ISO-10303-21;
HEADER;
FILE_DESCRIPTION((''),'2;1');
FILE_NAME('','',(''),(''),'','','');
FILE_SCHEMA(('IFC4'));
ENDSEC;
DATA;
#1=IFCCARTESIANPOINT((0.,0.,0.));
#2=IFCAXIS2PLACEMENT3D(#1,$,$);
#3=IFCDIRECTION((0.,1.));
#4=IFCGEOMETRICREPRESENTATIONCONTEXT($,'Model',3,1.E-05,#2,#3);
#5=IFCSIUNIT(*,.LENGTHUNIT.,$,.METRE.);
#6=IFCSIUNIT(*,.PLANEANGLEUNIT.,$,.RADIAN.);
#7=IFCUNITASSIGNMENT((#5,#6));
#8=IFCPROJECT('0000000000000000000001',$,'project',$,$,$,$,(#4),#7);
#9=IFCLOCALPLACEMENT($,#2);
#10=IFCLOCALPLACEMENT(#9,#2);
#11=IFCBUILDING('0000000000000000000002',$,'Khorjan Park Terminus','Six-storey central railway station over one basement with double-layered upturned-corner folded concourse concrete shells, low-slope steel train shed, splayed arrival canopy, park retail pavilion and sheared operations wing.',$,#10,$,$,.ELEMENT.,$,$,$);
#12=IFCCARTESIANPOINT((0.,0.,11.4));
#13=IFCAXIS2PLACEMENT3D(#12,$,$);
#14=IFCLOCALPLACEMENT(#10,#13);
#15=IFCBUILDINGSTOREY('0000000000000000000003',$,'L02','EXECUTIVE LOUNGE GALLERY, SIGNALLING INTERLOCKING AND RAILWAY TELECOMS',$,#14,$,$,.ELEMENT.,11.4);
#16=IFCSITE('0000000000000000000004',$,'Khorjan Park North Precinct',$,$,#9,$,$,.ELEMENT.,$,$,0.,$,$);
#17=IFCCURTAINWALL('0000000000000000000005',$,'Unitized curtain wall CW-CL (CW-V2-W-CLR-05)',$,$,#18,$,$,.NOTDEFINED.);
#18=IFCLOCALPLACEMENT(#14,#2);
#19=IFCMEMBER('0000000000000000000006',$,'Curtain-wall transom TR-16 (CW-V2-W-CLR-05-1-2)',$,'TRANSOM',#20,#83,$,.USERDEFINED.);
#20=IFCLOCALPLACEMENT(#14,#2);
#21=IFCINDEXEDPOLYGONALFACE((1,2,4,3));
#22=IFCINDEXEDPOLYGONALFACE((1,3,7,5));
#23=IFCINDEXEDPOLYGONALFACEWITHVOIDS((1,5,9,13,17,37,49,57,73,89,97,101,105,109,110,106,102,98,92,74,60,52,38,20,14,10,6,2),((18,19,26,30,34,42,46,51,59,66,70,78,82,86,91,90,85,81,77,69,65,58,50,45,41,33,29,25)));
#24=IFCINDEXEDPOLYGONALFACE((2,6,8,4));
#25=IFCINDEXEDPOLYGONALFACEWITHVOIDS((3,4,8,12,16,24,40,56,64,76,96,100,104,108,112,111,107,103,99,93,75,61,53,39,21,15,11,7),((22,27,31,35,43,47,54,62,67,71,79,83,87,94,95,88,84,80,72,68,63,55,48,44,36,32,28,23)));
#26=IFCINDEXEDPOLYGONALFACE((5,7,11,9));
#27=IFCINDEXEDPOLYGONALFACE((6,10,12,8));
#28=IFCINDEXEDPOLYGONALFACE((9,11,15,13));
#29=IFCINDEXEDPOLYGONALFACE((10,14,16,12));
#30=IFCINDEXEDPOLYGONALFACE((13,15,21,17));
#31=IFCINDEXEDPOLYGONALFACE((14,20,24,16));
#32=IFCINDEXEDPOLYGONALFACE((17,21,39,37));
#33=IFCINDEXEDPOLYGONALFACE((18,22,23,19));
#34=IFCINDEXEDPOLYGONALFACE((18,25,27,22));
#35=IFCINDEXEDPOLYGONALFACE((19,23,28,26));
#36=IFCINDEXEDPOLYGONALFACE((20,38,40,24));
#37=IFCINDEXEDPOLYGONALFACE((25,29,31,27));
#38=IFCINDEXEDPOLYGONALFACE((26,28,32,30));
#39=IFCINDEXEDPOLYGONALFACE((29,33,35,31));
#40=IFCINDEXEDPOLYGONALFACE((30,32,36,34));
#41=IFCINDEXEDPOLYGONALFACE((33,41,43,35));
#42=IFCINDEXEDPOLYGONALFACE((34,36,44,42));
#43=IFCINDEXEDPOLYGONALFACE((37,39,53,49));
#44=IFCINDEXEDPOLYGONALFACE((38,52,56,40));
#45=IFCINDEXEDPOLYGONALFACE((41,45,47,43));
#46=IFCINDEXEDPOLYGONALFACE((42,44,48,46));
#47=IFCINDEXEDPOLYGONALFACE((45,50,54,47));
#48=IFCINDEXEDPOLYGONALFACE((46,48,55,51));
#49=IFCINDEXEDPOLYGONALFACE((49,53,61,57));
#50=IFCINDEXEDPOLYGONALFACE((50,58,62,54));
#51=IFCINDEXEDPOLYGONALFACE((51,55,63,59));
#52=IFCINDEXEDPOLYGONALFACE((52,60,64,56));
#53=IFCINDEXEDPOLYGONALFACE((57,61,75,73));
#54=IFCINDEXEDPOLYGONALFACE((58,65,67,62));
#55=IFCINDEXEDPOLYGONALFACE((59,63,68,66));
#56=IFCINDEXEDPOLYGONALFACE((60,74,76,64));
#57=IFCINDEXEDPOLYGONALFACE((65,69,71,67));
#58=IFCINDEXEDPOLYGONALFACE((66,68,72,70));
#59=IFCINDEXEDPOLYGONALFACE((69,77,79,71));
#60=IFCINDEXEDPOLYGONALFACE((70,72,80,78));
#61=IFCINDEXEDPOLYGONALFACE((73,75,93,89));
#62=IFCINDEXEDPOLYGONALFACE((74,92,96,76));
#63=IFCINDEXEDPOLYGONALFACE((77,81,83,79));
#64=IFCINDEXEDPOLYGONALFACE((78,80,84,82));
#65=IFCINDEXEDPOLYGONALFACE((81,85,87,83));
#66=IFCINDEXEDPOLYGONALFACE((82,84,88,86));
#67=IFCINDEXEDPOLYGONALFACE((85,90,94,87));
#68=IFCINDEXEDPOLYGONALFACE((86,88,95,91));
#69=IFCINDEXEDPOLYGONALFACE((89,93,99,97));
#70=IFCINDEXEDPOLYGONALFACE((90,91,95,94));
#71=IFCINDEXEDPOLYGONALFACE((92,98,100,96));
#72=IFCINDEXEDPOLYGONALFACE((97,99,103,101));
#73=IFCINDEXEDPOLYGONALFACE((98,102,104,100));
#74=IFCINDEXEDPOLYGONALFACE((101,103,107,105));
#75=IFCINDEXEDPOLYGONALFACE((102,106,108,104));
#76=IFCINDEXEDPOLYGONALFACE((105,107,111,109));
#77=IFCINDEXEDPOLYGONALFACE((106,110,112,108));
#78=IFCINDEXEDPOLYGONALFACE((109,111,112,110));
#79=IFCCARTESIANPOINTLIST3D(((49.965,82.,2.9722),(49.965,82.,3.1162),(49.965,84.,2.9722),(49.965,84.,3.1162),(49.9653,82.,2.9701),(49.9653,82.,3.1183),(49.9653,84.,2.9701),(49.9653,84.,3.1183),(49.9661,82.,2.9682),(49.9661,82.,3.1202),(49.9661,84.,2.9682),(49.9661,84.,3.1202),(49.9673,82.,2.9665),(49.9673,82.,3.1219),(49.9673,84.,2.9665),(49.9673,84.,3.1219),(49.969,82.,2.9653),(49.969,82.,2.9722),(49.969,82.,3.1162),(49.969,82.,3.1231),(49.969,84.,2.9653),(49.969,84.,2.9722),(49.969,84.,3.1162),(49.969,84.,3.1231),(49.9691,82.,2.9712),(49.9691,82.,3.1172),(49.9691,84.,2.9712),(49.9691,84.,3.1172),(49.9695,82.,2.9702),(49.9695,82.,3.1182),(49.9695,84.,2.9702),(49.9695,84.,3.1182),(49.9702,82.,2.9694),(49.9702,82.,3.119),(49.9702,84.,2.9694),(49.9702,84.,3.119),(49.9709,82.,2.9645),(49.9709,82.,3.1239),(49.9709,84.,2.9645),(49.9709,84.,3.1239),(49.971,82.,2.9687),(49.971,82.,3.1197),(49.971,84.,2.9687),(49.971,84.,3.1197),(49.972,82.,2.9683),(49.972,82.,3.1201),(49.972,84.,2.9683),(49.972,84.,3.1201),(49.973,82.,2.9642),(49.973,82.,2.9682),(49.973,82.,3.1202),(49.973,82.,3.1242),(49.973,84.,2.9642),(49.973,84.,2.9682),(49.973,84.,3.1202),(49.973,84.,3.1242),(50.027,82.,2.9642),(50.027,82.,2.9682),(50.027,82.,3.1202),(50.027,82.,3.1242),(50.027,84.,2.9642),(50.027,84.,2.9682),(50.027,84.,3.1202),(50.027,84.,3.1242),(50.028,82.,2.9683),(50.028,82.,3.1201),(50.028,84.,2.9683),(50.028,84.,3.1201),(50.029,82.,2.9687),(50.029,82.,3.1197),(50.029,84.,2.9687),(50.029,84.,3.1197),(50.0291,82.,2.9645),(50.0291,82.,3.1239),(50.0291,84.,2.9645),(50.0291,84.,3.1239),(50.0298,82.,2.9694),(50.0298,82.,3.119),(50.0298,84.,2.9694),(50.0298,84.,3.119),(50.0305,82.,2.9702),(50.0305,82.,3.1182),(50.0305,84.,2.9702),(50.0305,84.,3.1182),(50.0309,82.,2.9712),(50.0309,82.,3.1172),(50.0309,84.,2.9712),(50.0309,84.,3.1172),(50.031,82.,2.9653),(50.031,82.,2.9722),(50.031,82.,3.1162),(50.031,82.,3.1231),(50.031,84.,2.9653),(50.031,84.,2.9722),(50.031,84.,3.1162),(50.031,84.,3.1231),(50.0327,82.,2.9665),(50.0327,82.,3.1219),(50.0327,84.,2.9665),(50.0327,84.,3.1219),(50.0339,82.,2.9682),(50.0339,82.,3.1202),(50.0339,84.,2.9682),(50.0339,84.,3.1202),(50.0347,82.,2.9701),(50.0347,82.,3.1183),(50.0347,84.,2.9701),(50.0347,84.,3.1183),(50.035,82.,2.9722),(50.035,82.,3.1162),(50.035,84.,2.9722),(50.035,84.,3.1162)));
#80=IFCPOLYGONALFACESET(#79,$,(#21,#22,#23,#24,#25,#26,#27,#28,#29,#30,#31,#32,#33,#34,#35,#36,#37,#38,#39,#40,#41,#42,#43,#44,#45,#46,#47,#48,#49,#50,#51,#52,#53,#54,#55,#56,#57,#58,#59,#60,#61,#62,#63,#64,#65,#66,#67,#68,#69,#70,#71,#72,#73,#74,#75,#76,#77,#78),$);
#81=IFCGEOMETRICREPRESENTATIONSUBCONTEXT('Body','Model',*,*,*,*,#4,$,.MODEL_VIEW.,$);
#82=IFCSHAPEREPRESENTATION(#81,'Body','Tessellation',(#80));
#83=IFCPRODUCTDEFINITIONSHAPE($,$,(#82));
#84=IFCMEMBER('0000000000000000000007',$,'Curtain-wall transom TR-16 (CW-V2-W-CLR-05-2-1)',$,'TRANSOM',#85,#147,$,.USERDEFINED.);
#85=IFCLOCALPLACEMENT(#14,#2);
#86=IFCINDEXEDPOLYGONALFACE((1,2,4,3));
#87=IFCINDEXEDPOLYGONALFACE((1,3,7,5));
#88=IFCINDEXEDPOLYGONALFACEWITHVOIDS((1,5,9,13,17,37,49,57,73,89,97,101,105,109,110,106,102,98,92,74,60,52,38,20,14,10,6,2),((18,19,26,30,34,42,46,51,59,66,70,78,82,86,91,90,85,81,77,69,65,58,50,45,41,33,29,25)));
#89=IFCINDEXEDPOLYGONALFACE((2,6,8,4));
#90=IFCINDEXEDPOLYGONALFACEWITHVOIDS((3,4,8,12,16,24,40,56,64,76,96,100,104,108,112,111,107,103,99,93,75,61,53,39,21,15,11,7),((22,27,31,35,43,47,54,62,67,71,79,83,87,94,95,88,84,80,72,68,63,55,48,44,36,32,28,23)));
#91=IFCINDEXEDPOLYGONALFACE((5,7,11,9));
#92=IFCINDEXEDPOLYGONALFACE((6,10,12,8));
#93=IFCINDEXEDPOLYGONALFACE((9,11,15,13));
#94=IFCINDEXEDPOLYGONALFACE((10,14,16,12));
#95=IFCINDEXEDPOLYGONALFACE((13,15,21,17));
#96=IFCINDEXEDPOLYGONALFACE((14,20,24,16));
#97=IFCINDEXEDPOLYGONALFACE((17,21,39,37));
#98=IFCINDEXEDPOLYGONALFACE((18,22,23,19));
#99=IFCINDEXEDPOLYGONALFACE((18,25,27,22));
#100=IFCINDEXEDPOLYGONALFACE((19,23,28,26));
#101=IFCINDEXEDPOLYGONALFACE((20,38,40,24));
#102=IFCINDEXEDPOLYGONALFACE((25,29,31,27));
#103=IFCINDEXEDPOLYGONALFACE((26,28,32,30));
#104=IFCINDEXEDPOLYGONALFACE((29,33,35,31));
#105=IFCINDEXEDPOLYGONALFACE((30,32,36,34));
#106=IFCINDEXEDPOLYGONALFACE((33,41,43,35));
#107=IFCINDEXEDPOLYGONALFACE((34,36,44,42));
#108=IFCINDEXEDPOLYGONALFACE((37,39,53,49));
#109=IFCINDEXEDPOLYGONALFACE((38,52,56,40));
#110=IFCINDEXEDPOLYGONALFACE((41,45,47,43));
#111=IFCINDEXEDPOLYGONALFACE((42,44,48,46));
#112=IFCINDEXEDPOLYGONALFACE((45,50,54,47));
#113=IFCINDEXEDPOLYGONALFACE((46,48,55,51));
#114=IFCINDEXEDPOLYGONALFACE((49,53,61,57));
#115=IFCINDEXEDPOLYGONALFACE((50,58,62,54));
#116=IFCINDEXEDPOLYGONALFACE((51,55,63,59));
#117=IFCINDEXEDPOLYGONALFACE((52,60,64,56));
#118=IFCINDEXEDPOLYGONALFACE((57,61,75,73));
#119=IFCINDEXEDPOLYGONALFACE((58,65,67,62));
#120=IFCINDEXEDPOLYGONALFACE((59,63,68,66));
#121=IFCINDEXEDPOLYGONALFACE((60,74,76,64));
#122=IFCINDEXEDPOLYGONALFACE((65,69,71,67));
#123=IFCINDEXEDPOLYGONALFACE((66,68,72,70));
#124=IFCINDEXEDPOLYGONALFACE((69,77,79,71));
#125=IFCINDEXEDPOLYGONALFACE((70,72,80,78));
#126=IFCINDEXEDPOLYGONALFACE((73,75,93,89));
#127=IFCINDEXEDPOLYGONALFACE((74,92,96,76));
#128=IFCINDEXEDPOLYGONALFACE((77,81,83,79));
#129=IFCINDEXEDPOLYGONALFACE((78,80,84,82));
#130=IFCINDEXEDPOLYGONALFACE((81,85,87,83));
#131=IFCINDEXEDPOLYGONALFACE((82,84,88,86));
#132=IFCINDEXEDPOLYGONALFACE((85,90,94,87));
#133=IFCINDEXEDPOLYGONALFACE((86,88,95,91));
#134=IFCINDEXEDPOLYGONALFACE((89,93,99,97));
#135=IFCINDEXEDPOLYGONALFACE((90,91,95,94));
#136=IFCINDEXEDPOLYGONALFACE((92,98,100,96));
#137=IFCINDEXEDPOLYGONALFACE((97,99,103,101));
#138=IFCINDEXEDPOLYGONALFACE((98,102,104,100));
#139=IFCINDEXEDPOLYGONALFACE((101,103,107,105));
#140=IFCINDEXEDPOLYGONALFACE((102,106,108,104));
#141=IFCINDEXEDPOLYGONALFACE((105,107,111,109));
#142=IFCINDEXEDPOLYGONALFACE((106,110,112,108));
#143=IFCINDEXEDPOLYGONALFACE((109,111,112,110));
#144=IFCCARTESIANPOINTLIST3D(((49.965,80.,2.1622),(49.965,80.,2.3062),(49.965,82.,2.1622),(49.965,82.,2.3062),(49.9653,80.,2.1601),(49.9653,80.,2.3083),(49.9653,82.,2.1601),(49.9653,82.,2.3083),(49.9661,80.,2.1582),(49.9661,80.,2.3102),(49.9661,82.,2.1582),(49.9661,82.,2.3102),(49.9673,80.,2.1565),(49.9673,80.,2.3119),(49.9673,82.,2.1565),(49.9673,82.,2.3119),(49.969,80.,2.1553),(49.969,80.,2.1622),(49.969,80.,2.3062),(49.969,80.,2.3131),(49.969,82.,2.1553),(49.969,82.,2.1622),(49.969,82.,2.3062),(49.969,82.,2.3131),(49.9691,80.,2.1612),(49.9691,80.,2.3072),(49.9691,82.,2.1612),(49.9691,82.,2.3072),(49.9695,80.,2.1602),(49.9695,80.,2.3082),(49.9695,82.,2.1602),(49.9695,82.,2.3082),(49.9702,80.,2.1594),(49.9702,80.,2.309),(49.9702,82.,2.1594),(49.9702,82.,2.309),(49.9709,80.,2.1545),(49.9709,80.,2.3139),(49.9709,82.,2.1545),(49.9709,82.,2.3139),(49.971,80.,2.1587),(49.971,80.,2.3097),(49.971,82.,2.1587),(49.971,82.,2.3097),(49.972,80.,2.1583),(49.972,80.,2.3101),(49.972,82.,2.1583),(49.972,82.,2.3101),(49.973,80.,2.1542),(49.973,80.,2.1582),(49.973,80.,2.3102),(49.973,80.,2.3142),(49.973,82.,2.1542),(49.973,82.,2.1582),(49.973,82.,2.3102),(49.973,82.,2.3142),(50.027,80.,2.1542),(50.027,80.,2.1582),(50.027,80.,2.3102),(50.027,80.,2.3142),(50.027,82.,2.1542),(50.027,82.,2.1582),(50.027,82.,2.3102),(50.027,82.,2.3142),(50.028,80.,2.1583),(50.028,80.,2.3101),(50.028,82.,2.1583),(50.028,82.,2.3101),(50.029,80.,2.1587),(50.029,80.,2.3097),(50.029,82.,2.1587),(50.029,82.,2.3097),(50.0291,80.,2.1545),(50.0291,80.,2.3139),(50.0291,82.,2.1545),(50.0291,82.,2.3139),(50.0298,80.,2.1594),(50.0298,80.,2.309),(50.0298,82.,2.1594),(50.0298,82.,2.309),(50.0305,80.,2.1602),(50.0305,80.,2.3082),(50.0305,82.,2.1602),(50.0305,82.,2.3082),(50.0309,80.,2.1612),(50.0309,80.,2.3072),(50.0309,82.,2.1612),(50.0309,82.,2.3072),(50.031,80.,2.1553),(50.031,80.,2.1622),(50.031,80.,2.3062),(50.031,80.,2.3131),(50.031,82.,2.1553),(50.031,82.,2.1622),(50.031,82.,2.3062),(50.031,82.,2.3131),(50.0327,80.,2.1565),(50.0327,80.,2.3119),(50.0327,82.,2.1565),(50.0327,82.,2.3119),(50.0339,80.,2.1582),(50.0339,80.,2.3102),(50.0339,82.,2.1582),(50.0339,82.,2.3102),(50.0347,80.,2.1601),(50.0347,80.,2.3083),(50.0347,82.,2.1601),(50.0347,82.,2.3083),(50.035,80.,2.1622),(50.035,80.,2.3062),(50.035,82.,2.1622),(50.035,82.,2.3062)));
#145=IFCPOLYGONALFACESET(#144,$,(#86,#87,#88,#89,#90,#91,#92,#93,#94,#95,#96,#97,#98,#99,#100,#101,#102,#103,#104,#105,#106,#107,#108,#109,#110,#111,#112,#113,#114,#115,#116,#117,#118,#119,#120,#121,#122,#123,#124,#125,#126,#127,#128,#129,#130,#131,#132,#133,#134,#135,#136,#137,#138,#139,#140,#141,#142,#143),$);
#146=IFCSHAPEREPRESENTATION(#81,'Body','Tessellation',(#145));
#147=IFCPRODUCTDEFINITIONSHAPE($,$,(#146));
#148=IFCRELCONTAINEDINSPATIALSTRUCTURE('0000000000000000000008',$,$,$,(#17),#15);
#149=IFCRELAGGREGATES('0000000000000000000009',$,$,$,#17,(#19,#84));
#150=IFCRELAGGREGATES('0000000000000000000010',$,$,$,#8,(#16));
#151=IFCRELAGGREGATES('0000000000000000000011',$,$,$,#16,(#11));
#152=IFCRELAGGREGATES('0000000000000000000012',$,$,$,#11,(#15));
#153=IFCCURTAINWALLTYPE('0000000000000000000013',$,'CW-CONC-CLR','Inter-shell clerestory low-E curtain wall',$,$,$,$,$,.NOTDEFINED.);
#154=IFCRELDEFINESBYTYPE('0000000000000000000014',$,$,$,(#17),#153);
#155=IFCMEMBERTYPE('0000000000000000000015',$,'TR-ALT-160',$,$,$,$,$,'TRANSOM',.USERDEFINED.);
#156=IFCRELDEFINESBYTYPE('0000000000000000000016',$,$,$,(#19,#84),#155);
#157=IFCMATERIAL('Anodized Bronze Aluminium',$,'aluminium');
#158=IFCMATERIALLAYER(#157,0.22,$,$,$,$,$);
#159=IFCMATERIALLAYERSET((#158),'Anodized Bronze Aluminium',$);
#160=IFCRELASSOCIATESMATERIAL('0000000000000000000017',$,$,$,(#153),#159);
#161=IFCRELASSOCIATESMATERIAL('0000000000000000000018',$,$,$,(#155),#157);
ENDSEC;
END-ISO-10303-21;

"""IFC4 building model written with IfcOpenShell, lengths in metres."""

from ifc_helpers import new_model, si_unit, direction, frame, origin, origin_2d, place, context, subcontext, project, spatial, hollow_rectangle, extrude, material, layer, layer_set, material_profile, profile_set, type_object, element, aggregate, save


model = new_model("IFC4")

# Units and contexts
model_context = context("Model", 3, precision=1e-05, world=origin(), true_north=direction((0.0, 1.0)))
body_context = subcontext(model_context, "Body", "Model", "MODEL_VIEW")
ifc_project = project(units=[si_unit("LENGTHUNIT", "METRE"), si_unit("PLANEANGLEUNIT", "RADIAN")], contexts=[model_context])

# Site, building, storey
site_placement = place(None, origin())
site = spatial("IfcSite", under=ifc_project, at=site_placement, Name="Khorjan Park North Precinct", CompositionType="ELEMENT", RefElevation=0.0)
building_placement = place(site_placement, origin())
building = spatial("IfcBuilding", under=site, at=building_placement, Name="Khorjan Park Terminus", Description="Six-storey central railway station over one basement with double-layered upturned-corner folded concourse concrete shells, low-slope steel train shed, splayed arrival canopy, park retail pavilion and sheared operations wing.", CompositionType="ELEMENT")
storey_placement = place(building_placement, frame((0.0, 0.0, 11.4)))
storey = spatial("IfcBuildingStorey", under=building, at=storey_placement, Name="L02", Description="EXECUTIVE LOUNGE GALLERY, SIGNALLING INTERLOCKING AND RAILWAY TELECOMS", CompositionType="ELEMENT", Elevation=11.4)

# Curtain wall, members
ifc_material_1 = material(Name="Anodized Bronze Aluminium", Category="aluminium")
ifc_layer_1 = layer(ifc_material_1, 0.22)
ifc_layer_set_1 = layer_set([ifc_layer_1], Name="Anodized Bronze Aluminium")
curtain_wall_type = type_object("IfcCurtainWallType", Name="CW-CONC-CLR", Description="Inter-shell clerestory low-E curtain wall", PredefinedType="NOTDEFINED", material=ifc_layer_set_1)
curtain_wall_placement = place(storey_placement, origin())
curtain_wall = element("IfcCurtainWall", 1, at=curtain_wall_placement, inside=storey, type_object=curtain_wall_type, Name="Unitized curtain wall CW-CL (CW-V2-W-CLR-05)", PredefinedType="NOTDEFINED")
ifc_material_profile_1 = material_profile(ifc_material_1, hollow_rectangle(XDim=0.07, YDim=0.16, WallThickness=0.004, InnerFilletRadius=0.004, OuterFilletRadius=0.008, at=origin_2d()), Name="ALT 70x160x4")
ifc_profile_set_1 = profile_set([ifc_material_profile_1], Name="Anodized Bronze Aluminium")
member_type_1 = type_object("IfcMemberType", Name="TR-ALT-160", ElementType="TRANSOM", PredefinedType="USERDEFINED", material=ifc_profile_set_1)
member_1_placement = place(storey_placement, frame((50.0, 84.0, 3.0442), z_axis=(0.0, -1.0, 0.0), x_axis=(1.0, 0.0, 0.0)))
member_1 = element("IfcMember", 2, at=member_1_placement, type_object=member_type_1, Name="Curtain-wall transom TR-16 (CW-V2-W-CLR-05-1-2)", ObjectType="TRANSOM", PredefinedType="USERDEFINED", context=body_context, shape_type="SweptSolid", body=[
    extrude(hollow_rectangle(XDim=0.07, YDim=0.16, WallThickness=0.004, InnerFilletRadius=0.004, OuterFilletRadius=0.008, at=origin_2d()), origin(), (0.0, 0.0, 1.0), 2.0),
])
member_2_placement = place(storey_placement, frame((50.0, 82.0, 2.2342), z_axis=(0.0, -1.0, 0.0), x_axis=(1.0, 0.0, 0.0)))
member_2 = element("IfcMember", 3, at=member_2_placement, type_object=member_type_1, Name="Curtain-wall transom TR-16 (CW-V2-W-CLR-05-2-1)", ObjectType="TRANSOM", PredefinedType="USERDEFINED", context=body_context, shape_type="SweptSolid", body=[
    extrude(hollow_rectangle(XDim=0.07, YDim=0.16, WallThickness=0.004, InnerFilletRadius=0.004, OuterFilletRadius=0.008, at=origin_2d()), origin(), (0.0, 0.0, 1.0), 2.0),
])
aggregate(curtain_wall, [member_1, member_2])

save(model, "model.ifc")
